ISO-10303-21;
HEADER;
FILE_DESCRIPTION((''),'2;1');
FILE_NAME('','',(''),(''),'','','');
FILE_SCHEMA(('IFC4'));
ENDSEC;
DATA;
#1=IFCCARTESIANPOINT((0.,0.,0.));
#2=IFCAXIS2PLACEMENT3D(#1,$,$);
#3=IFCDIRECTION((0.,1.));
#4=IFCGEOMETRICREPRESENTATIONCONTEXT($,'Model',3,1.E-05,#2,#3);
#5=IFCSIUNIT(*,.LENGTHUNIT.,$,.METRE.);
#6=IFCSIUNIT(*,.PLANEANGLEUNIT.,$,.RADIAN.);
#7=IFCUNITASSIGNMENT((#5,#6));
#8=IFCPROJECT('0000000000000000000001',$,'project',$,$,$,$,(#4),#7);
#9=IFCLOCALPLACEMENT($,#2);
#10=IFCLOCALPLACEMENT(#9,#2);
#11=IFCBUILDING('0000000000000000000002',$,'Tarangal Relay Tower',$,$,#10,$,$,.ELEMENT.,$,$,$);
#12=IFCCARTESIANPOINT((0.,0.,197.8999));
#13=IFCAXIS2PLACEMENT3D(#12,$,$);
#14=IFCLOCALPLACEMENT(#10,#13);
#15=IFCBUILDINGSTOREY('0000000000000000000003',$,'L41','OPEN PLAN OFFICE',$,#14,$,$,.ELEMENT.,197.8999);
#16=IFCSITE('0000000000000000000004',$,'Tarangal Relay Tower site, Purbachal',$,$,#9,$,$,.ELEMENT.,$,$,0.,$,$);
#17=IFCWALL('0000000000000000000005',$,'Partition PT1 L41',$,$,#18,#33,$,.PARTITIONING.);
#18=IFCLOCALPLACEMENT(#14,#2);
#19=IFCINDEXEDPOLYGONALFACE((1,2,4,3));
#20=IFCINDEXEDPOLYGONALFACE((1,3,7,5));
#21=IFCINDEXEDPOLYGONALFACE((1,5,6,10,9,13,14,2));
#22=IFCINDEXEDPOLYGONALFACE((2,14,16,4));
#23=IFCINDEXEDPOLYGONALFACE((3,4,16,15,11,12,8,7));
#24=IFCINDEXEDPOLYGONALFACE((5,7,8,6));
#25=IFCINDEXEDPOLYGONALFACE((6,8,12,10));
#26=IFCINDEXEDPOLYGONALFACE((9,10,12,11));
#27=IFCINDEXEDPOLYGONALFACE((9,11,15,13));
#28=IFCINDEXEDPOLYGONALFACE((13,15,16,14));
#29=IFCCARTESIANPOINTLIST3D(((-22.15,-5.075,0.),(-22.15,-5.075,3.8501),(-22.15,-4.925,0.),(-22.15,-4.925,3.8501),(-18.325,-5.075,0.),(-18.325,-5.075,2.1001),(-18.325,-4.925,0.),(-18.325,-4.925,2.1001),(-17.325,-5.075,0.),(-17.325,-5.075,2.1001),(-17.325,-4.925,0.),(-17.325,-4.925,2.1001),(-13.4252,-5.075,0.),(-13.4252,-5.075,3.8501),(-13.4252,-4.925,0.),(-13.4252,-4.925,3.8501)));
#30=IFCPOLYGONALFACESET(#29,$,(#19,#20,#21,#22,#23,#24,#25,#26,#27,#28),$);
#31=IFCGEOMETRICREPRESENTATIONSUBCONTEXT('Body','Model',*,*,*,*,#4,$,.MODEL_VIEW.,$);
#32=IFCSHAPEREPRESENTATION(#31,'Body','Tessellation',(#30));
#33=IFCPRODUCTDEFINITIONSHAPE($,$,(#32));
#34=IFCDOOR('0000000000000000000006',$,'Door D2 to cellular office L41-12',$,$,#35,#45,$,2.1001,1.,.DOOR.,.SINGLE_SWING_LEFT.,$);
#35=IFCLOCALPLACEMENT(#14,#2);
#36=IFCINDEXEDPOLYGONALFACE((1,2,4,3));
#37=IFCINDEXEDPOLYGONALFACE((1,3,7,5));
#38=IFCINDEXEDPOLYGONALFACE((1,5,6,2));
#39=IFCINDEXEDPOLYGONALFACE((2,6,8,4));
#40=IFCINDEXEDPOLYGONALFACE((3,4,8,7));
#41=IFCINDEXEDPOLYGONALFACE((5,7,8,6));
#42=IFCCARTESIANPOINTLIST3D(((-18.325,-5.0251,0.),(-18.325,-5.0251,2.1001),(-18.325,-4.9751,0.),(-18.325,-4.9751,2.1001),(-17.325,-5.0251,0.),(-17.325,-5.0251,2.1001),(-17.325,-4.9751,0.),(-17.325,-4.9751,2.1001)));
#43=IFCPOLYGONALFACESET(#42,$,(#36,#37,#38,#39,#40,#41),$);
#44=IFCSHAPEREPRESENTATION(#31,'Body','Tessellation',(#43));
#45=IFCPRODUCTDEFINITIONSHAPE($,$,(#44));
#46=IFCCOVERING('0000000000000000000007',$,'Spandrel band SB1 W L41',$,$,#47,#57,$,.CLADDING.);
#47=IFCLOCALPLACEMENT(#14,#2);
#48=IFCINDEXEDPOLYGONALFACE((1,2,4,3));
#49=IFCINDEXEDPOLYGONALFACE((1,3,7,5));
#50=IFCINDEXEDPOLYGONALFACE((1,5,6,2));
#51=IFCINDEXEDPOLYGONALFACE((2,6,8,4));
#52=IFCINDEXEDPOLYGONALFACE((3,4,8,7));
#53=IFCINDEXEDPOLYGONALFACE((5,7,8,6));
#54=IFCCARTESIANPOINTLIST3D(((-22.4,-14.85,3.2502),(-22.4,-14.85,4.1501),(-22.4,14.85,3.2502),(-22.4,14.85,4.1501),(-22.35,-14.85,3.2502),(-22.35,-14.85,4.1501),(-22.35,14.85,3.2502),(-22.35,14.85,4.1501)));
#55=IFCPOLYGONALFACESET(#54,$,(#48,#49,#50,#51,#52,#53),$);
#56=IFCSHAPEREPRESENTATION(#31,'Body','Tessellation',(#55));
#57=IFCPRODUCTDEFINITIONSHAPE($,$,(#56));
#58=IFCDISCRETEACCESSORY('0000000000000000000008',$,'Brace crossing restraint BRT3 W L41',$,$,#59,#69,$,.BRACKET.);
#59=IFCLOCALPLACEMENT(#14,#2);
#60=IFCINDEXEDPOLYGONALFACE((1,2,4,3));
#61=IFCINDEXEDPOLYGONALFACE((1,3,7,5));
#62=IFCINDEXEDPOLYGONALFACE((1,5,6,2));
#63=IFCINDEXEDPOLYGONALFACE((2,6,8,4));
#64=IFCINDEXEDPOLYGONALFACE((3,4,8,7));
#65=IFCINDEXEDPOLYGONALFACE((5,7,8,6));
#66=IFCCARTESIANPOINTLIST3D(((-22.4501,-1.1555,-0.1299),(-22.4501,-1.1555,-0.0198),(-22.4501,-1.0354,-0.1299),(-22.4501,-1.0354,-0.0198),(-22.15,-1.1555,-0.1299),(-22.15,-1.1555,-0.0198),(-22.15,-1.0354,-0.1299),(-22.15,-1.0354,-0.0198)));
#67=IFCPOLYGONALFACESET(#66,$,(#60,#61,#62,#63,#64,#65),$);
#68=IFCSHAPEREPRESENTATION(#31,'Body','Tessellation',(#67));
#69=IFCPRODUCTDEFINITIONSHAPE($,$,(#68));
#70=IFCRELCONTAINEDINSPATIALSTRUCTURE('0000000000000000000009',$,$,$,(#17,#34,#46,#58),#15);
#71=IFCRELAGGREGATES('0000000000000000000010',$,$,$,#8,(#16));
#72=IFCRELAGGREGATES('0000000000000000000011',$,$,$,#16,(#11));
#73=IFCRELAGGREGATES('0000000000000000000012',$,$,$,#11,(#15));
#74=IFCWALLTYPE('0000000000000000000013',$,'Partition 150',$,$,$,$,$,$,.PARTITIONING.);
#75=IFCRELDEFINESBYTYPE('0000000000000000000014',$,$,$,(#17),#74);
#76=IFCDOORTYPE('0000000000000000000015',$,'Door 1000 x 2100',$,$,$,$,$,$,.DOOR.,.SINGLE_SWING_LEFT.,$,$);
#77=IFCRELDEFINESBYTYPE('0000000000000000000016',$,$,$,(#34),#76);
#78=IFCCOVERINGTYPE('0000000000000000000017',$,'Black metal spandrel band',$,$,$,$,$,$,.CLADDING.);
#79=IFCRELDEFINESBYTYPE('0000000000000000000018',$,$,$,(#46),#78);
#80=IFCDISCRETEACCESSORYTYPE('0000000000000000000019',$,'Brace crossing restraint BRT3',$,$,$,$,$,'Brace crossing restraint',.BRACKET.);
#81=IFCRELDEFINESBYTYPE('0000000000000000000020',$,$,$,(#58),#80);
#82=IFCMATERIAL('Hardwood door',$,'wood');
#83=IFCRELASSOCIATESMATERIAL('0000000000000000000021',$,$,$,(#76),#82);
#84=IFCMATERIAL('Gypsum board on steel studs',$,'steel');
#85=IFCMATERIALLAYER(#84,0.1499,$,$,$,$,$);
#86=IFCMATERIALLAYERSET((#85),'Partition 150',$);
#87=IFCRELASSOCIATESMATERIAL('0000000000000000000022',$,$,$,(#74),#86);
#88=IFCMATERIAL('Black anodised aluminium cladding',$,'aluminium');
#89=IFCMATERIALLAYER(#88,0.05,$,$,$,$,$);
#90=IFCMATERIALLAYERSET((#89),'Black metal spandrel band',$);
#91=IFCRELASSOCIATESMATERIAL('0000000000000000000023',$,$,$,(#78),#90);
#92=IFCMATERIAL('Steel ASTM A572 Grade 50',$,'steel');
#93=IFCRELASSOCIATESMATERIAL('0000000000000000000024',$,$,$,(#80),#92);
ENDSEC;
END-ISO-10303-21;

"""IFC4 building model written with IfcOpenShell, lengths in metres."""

from ifc_helpers import new_model, si_unit, direction, frame, frame_2d, origin, origin_2d, place, context, subcontext, project, spatial, rectangle, extrude, material, layer, layer_set, type_object, element, fill, save


model = new_model("IFC4")

# Units and contexts
model_context = context("Model", 3, precision=1e-05, world=origin(), true_north=direction((0.0, 1.0)))
body_context = subcontext(model_context, "Body", "Model", "MODEL_VIEW")
ifc_project = project(units=[si_unit("LENGTHUNIT", "METRE"), si_unit("PLANEANGLEUNIT", "RADIAN")], contexts=[model_context])

# Site, building, storey
site_placement = place(None, origin())
site = spatial("IfcSite", under=ifc_project, at=site_placement, Name="Tarangal Relay Tower site, Purbachal", CompositionType="ELEMENT", RefElevation=0.0)
building_placement = place(site_placement, origin())
building = spatial("IfcBuilding", under=site, at=building_placement, Name="Tarangal Relay Tower", CompositionType="ELEMENT")
storey_placement = place(building_placement, frame((0.0, 0.0, 197.8999)))
storey = spatial("IfcBuildingStorey", under=building, at=storey_placement, Name="L41", Description="OPEN PLAN OFFICE", CompositionType="ELEMENT", Elevation=197.8999)

# Shared definitions
ifc_material_1 = material(Name="Steel ASTM A572 Grade 50", Category="steel")

# Shared definitions
ifc_material_2 = material(Name="Hardwood door", Category="wood")
door_type = type_object("IfcDoorType", Name="Door 1000 x 2100", OperationType="SINGLE_SWING_LEFT", PredefinedType="DOOR", material=ifc_material_2)

# Shared definitions
ifc_material_3 = material(Name="Gypsum board on steel studs", Category="steel")
ifc_layer_1 = layer(ifc_material_3, 0.1499)
ifc_layer_set_1 = layer_set([ifc_layer_1], Name="Partition 150")
wall_type_1 = type_object("IfcWallType", Name="Partition 150", PredefinedType="PARTITIONING", material=ifc_layer_set_1)

# Wall, opening, door
wall_1_placement = place(storey_placement, frame((-22.1499, -5.0, 0.0), z_axis=(0.0, 0.0, 1.0), x_axis=(1.0, 0.0, 0.0)))
wall_1 = element("IfcWall", 1, at=wall_1_placement, inside=storey, type_object=wall_type_1, Name="Partition PT1 L41", PredefinedType="PARTITIONING", context=body_context, shape_type="SweptSolid", body=[
    extrude(rectangle(XDim=8.7249, YDim=0.1499, at=frame_2d((4.3623, 0.0))), origin(), (0.0, 0.0, 1.0), 3.8501),
])
opening_1_placement = place(wall_1_placement, frame((3.825, 0.0, 0.0)))
opening_1 = element("IfcOpeningElement", 2, at=opening_1_placement, cuts=wall_1, PredefinedType="OPENING", context=body_context, shape_type="SweptSolid", body=[
    extrude(rectangle(XDim=1.0, YDim=2.1001, at=frame_2d((0.5, 1.05))), frame((0.0, 0.085, 0.0), z_axis=(0.0, -1.0, 0.0), x_axis=(1.0, 0.0, 0.0)), (0.0, 0.0, 1.0), 0.1699),
])
door_1_placement = place(opening_1_placement, origin())
door_1 = element("IfcDoor", 3, at=door_1_placement, inside=storey, type_object=door_type, Name="Door D2 to cellular office L41-12", OperationType="SINGLE_SWING_LEFT", OverallHeight=2.1001, OverallWidth=1.0, PredefinedType="DOOR", context=body_context, shape_type="SweptSolid", body=[
    extrude(rectangle(XDim=1.0, YDim=2.1001, at=frame_2d((0.5, 1.05))), frame((0.0, 0.0249, 0.0), z_axis=(0.0, -1.0, 0.0), x_axis=(1.0, 0.0, 0.0)), (0.0, 0.0, 1.0), 0.05),
])
fill(opening_1, door_1)

# Covering
ifc_material_4 = material(Name="Black anodised aluminium cladding", Category="aluminium")
ifc_layer_2 = layer(ifc_material_4, 0.05)
ifc_layer_set_2 = layer_set([ifc_layer_2], Name="Black metal spandrel band")
covering_type = type_object("IfcCoveringType", Name="Black metal spandrel band", PredefinedType="CLADDING", material=ifc_layer_set_2)
covering_placement = place(storey_placement, frame((-22.375, 0.0, 3.2502), z_axis=(0.0, 0.0, 1.0), x_axis=(0.0, 1.0, 0.0)))
element("IfcCovering", 4, at=covering_placement, inside=storey, type_object=covering_type, Name="Spandrel band SB1 W L41", PredefinedType="CLADDING", context=body_context, shape_type="SweptSolid", body=[
    extrude(rectangle(XDim=29.7, YDim=0.05, at=origin_2d()), origin(), (0.0, 0.0, 1.0), 0.8999),
])

# Discrete accessory
discrete_accessory_type = type_object("IfcDiscreteAccessoryType", Name="Brace crossing restraint BRT3", ElementType="Brace crossing restraint", PredefinedType="BRACKET", material=ifc_material_1)
discrete_accessory_placement = place(storey_placement, frame((-22.3, -1.0955, -0.1299), z_axis=(0.0, 0.0, 1.0), x_axis=(1.0, 0.0, 0.0)))
element("IfcDiscreteAccessory", 5, at=discrete_accessory_placement, inside=storey, type_object=discrete_accessory_type, Name="Brace crossing restraint BRT3 W L41", PredefinedType="BRACKET", context=body_context, shape_type="SweptSolid", body=[
    extrude(rectangle(XDim=0.3, YDim=0.1201, at=origin_2d()), origin(), (0.0, 0.0, 1.0), 0.1101),
])

save(model, "model.ifc")
